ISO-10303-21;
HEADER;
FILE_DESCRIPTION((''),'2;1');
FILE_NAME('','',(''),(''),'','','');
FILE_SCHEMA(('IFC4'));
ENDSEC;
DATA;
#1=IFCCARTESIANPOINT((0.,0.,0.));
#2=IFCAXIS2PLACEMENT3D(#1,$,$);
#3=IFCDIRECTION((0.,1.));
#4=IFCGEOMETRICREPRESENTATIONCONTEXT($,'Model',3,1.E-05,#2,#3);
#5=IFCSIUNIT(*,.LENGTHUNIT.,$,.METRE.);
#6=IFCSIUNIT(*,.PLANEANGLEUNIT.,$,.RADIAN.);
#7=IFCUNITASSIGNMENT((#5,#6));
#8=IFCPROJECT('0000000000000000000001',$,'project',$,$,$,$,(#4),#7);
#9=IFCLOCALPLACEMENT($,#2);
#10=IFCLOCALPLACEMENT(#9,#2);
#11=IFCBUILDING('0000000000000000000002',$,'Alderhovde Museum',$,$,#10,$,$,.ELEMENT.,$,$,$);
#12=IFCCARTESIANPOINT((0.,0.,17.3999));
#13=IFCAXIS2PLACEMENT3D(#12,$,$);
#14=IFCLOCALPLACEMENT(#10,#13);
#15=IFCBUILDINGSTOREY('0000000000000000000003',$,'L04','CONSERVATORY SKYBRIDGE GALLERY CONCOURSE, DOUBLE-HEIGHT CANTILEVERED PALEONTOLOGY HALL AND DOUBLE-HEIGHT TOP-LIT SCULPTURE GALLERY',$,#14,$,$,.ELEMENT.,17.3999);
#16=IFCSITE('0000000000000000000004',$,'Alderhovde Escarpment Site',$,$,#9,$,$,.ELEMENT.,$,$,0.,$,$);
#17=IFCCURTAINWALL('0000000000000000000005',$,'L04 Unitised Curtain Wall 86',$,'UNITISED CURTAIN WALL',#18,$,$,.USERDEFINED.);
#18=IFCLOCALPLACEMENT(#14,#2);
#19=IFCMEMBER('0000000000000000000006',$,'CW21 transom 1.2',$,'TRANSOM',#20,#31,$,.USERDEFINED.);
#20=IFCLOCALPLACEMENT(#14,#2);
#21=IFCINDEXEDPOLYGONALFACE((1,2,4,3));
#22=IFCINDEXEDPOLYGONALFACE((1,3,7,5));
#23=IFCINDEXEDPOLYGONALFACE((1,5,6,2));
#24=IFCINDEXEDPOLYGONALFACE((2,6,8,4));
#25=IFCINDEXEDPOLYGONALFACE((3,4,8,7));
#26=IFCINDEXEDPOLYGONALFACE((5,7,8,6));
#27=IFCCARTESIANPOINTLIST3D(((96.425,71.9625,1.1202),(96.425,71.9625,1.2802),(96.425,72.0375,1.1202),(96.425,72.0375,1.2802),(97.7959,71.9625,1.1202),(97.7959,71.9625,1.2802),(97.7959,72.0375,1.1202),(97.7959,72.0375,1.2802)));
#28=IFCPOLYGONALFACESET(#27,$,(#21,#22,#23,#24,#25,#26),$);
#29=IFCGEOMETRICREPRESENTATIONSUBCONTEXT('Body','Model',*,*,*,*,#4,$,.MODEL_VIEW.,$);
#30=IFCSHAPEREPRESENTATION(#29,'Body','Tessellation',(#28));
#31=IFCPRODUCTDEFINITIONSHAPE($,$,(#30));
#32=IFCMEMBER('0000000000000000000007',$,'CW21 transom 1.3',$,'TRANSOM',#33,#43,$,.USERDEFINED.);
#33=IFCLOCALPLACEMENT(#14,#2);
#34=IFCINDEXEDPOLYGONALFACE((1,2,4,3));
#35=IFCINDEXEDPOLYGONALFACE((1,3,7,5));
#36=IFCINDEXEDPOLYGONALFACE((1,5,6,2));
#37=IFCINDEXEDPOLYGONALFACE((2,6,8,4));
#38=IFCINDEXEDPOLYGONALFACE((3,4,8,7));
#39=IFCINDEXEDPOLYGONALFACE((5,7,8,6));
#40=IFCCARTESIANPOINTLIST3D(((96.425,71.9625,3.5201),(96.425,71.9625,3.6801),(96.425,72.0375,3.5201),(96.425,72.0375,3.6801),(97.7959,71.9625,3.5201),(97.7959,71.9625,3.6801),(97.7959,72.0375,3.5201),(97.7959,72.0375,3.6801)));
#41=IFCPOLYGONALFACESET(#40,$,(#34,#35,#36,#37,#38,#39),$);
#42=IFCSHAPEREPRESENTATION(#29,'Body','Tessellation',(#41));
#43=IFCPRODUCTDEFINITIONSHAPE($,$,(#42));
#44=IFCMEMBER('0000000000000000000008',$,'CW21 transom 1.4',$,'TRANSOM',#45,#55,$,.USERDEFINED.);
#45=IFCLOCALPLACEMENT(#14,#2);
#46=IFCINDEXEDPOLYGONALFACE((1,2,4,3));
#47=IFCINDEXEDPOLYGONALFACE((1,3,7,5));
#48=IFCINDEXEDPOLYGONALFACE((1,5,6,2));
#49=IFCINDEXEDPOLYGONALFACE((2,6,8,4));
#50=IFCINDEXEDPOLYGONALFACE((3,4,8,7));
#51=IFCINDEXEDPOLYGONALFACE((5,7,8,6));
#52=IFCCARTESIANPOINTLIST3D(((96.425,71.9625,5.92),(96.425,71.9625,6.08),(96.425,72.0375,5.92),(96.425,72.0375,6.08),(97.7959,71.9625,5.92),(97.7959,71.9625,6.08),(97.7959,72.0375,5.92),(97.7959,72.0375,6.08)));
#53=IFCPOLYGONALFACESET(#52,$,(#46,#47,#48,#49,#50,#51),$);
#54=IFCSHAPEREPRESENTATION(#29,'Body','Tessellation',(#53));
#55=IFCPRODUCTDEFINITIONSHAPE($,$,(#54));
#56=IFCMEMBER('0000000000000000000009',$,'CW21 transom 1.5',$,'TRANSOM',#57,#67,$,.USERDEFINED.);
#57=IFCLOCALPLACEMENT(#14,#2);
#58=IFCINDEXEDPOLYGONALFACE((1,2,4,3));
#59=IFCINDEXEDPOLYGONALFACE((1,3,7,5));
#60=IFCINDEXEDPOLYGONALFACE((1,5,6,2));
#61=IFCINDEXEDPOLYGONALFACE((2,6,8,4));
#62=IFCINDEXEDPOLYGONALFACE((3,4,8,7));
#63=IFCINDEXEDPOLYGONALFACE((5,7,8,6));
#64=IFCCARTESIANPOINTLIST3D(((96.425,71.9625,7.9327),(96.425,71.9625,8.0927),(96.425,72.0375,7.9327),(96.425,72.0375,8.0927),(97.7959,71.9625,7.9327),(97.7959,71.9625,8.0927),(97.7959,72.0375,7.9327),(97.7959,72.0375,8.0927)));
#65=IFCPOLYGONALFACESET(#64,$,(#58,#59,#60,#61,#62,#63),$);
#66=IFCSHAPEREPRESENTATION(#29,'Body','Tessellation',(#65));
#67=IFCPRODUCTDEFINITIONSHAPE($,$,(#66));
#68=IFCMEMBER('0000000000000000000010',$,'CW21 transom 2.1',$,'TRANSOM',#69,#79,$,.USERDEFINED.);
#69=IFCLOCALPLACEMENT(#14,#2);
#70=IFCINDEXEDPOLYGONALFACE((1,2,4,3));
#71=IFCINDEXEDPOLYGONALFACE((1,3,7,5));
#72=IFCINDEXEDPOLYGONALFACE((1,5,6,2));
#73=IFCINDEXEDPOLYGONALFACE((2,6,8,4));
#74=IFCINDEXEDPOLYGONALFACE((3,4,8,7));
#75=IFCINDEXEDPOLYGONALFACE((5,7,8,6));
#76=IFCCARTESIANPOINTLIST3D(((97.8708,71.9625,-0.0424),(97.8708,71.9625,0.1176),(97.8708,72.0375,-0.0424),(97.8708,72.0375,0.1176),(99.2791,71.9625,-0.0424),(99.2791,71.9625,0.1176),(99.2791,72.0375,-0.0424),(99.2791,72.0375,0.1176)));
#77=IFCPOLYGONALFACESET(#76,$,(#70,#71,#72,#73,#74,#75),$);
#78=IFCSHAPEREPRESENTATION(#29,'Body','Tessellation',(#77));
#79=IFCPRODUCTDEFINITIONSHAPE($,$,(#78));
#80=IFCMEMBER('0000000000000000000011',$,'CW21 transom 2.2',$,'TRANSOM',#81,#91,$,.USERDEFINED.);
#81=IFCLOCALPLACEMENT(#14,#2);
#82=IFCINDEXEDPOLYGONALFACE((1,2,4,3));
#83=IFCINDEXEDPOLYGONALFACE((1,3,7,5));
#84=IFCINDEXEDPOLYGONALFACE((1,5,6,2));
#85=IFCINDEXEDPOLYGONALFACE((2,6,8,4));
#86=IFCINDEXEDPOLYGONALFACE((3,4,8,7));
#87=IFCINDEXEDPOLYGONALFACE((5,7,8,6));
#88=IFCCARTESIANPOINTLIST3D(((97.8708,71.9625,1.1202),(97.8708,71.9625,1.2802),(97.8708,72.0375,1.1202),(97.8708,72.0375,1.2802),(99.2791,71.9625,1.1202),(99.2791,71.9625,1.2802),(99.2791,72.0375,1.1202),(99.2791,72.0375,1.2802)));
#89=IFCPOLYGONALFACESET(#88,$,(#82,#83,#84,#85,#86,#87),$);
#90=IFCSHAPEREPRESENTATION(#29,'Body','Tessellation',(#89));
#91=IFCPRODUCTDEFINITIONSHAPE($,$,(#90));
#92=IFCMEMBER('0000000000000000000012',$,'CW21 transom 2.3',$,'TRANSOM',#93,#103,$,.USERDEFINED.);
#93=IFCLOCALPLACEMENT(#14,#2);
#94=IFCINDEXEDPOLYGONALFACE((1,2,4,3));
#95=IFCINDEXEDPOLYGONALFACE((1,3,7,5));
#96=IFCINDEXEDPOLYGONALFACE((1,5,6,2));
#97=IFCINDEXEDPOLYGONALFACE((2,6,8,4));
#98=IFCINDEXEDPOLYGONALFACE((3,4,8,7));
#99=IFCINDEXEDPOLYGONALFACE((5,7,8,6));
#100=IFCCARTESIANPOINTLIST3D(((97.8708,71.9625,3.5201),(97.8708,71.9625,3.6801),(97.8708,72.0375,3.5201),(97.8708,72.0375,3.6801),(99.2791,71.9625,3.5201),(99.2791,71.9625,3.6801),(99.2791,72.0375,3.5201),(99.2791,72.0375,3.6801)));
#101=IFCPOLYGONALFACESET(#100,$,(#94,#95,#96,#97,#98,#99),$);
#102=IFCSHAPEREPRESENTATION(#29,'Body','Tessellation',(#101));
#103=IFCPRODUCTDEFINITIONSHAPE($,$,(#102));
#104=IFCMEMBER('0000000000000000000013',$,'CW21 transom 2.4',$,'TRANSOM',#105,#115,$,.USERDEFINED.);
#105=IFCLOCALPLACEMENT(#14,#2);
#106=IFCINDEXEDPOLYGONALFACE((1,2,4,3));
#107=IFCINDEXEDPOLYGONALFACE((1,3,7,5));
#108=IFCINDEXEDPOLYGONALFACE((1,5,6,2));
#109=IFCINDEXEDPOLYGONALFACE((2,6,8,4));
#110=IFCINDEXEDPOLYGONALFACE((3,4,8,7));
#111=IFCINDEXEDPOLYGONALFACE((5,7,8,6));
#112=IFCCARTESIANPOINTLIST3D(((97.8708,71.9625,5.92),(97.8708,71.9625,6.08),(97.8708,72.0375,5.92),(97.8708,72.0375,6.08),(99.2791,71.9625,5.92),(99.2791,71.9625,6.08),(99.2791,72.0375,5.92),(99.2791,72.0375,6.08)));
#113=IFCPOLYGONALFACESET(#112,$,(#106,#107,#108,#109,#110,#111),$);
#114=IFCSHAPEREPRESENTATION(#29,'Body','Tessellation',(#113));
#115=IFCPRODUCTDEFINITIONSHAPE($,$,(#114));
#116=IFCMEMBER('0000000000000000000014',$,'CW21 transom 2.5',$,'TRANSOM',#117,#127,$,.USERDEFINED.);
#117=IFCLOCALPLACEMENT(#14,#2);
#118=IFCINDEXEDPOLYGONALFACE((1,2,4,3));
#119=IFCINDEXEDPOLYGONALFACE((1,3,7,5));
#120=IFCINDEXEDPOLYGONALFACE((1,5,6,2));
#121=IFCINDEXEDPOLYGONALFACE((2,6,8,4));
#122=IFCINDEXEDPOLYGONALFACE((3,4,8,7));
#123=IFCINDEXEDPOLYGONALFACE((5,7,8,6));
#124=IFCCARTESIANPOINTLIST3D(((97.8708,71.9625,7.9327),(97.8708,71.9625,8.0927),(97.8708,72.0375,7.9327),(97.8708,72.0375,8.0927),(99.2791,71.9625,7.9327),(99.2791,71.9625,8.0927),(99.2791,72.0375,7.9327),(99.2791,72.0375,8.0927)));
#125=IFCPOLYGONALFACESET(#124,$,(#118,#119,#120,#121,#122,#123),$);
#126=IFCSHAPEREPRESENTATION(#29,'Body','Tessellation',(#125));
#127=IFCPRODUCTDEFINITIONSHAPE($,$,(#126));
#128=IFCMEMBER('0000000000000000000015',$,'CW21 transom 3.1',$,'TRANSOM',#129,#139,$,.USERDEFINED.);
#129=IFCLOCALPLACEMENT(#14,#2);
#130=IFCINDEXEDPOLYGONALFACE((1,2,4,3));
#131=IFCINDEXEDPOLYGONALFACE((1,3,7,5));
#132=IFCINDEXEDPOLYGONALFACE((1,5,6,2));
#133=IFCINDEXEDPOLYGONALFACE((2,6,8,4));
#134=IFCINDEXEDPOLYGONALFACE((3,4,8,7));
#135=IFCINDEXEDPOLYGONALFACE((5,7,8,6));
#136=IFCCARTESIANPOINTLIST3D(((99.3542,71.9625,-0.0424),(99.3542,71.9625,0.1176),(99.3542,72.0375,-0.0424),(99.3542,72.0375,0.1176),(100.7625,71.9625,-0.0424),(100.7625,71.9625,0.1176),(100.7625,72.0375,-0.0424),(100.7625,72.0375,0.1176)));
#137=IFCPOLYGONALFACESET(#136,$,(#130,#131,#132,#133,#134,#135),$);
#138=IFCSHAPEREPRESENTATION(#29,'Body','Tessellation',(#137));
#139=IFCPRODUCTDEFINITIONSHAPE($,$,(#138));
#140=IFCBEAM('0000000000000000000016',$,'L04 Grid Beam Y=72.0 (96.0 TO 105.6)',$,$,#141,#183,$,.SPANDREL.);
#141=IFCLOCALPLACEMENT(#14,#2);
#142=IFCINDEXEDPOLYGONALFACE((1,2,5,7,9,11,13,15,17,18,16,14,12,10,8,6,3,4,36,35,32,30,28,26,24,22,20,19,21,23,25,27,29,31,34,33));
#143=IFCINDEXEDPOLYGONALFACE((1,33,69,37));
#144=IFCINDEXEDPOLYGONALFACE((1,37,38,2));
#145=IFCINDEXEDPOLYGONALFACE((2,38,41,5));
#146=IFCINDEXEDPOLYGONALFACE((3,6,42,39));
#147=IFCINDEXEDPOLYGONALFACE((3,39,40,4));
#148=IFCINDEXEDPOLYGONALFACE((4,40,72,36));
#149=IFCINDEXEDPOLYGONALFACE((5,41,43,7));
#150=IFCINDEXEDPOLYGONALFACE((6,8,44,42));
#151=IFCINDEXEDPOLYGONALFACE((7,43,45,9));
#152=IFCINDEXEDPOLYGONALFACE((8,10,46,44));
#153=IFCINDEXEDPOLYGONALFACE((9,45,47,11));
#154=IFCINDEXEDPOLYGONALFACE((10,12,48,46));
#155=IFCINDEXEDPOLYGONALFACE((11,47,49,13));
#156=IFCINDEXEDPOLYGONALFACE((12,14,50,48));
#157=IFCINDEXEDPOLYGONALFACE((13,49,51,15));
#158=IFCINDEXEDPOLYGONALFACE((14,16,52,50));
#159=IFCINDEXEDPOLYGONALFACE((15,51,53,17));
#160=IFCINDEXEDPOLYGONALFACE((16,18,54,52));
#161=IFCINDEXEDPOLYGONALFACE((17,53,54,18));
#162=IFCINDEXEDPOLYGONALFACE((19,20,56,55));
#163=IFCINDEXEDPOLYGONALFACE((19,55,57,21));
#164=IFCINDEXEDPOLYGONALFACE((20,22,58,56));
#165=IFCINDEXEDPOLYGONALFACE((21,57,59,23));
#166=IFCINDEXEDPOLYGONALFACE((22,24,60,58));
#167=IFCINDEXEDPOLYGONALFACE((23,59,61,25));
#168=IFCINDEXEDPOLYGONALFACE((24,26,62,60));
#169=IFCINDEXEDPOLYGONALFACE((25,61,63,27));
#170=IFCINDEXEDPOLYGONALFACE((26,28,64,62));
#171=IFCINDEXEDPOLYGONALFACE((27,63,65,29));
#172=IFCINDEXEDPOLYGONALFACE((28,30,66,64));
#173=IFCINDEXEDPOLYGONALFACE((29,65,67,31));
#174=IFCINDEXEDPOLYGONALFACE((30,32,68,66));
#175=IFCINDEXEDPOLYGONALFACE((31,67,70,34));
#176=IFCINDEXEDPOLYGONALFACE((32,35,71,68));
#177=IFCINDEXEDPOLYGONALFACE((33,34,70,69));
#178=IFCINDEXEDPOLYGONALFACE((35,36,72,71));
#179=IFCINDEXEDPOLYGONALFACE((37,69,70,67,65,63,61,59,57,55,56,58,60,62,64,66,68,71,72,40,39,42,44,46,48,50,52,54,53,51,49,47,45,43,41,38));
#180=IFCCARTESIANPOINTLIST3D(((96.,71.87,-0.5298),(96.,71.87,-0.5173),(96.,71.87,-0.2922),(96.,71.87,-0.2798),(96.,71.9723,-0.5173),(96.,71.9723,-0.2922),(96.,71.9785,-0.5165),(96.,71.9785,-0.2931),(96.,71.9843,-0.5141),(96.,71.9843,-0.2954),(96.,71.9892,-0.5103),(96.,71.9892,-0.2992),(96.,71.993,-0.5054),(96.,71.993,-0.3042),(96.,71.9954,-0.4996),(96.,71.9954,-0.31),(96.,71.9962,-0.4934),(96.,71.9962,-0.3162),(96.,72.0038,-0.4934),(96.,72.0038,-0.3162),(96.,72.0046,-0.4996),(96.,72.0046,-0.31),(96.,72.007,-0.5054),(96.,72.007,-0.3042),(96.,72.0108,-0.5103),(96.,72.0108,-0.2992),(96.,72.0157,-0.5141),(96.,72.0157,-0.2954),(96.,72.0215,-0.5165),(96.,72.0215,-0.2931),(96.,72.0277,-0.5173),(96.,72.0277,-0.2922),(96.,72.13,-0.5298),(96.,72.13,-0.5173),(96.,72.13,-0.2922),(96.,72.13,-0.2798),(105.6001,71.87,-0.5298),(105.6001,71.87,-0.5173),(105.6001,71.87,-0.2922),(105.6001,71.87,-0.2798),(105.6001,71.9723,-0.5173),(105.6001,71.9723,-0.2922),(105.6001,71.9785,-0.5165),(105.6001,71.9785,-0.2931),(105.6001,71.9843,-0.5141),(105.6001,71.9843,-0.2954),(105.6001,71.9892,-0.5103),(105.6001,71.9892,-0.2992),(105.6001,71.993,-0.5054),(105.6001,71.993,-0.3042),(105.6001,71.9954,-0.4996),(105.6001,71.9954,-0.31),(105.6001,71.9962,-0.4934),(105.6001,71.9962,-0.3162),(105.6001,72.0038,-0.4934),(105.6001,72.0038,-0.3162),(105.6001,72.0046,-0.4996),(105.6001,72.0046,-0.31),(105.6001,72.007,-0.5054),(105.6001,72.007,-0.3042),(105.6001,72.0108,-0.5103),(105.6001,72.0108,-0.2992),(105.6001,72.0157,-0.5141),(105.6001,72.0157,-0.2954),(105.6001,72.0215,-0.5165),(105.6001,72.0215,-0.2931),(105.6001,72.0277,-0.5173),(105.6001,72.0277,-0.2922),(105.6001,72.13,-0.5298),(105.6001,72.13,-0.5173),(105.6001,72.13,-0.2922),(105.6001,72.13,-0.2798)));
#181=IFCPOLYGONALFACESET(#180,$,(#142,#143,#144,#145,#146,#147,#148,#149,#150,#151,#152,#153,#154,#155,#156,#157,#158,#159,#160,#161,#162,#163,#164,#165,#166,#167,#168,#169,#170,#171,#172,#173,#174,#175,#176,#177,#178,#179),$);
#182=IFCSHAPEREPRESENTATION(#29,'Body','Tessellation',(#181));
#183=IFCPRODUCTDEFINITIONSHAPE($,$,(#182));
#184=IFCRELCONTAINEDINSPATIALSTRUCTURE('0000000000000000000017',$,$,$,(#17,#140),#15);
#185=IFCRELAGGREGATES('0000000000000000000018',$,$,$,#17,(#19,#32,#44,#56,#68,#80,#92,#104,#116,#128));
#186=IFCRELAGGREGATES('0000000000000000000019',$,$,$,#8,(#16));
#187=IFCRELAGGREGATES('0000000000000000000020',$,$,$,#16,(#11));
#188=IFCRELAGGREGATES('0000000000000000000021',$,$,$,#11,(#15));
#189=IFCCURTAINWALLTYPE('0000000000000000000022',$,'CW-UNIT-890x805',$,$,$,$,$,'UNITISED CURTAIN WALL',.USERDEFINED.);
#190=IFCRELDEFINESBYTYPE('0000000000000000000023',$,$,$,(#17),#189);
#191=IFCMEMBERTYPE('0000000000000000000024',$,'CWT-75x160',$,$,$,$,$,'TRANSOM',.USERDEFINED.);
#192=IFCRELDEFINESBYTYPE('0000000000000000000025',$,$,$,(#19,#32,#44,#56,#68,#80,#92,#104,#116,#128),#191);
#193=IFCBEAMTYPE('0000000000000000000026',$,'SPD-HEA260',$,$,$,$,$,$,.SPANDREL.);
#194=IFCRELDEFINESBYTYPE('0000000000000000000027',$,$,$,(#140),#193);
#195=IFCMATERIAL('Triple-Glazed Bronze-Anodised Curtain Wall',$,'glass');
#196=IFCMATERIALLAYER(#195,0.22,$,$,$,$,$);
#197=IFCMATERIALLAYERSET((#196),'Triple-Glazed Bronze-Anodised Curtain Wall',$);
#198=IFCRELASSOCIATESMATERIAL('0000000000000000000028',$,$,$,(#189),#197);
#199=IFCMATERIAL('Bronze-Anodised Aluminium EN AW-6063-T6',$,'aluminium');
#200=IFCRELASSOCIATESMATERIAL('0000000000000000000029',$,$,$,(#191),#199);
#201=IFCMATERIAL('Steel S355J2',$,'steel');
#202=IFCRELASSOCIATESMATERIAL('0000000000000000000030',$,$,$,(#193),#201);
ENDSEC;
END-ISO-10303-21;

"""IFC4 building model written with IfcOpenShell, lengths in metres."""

from ifc_helpers import new_model, si_unit, direction, frame, origin, origin_2d, place, context, subcontext, project, spatial, rectangle, i_section, extrude, material, layer, layer_set, material_profile, profile_set, type_object, element, aggregate, save


model = new_model("IFC4")

# Units and contexts
model_context = context("Model", 3, precision=1e-05, world=origin(), true_north=direction((0.0, 1.0)))
body_context = subcontext(model_context, "Body", "Model", "MODEL_VIEW")
ifc_project = project(units=[si_unit("LENGTHUNIT", "METRE"), si_unit("PLANEANGLEUNIT", "RADIAN")], contexts=[model_context])

# Site, building, storey
site_placement = place(None, origin())
site = spatial("IfcSite", under=ifc_project, at=site_placement, Name="Alderhovde Escarpment Site", CompositionType="ELEMENT", RefElevation=0.0)
building_placement = place(site_placement, origin())
building = spatial("IfcBuilding", under=site, at=building_placement, Name="Alderhovde Museum", CompositionType="ELEMENT")
storey_placement = place(building_placement, frame((0.0, 0.0, 17.3999)))
storey = spatial("IfcBuildingStorey", under=building, at=storey_placement, Name="L04", Description="CONSERVATORY SKYBRIDGE GALLERY CONCOURSE, DOUBLE-HEIGHT CANTILEVERED PALEONTOLOGY HALL AND DOUBLE-HEIGHT TOP-LIT SCULPTURE GALLERY", CompositionType="ELEMENT", Elevation=17.3999)

# Shared definitions
ifc_material_1 = material(Name="Triple-Glazed Bronze-Anodised Curtain Wall", Category="glass")
ifc_layer_1 = layer(ifc_material_1, 0.22)
ifc_layer_set_1 = layer_set([ifc_layer_1], Name="Triple-Glazed Bronze-Anodised Curtain Wall")
curtain_wall_type = type_object("IfcCurtainWallType", Name="CW-UNIT-890x805", ElementType="UNITISED CURTAIN WALL", PredefinedType="USERDEFINED", material=ifc_layer_set_1)

# Curtain wall
curtain_wall_1_placement = place(storey_placement, origin())
curtain_wall_1 = element("IfcCurtainWall", 1, at=curtain_wall_1_placement, inside=storey, type_object=curtain_wall_type, Name="L04 Unitised Curtain Wall 86", ObjectType="UNITISED CURTAIN WALL", PredefinedType="USERDEFINED")

# Members
ifc_material_2 = material(Name="Bronze-Anodised Aluminium EN AW-6063-T6", Category="aluminium")
ifc_material_profile_1 = material_profile(ifc_material_2, rectangle(XDim=0.075, YDim=0.1599, at=origin_2d()), Name="TRANSOM 75x160")
ifc_profile_set_1 = profile_set([ifc_material_profile_1], Name="Bronze-Anodised Aluminium EN AW-6063-T6")
member_type_1 = type_object("IfcMemberType", Name="CWT-75x160", ElementType="TRANSOM", PredefinedType="USERDEFINED", material=ifc_profile_set_1)
member_1_placement = place(storey_placement, frame((96.425, 72.0, 1.2002), z_axis=(1.0, 0.0, 0.0), x_axis=(0.0, 1.0, 0.0)))
member_1 = element("IfcMember", 2, at=member_1_placement, type_object=member_type_1, Name="CW21 transom 1.2", ObjectType="TRANSOM", PredefinedType="USERDEFINED", context=body_context, shape_type="SweptSolid", body=[
    extrude(rectangle(XDim=0.075, YDim=0.1599, at=origin_2d()), origin(), (0.0, 0.0, 1.0), 1.3708),
])
member_2_placement = place(storey_placement, frame((96.425, 72.0, 3.6001), z_axis=(1.0, 0.0, 0.0), x_axis=(0.0, 1.0, 0.0)))
member_2 = element("IfcMember", 3, at=member_2_placement, type_object=member_type_1, Name="CW21 transom 1.3", ObjectType="TRANSOM", PredefinedType="USERDEFINED", context=body_context, shape_type="SweptSolid", body=[
    extrude(rectangle(XDim=0.075, YDim=0.1599, at=origin_2d()), origin(), (0.0, 0.0, 1.0), 1.3708),
])
member_3_placement = place(storey_placement, frame((96.425, 72.0, 6.0), z_axis=(1.0, 0.0, 0.0), x_axis=(0.0, 1.0, 0.0)))
member_3 = element("IfcMember", 4, at=member_3_placement, type_object=member_type_1, Name="CW21 transom 1.4", ObjectType="TRANSOM", PredefinedType="USERDEFINED", context=body_context, shape_type="SweptSolid", body=[
    extrude(rectangle(XDim=0.075, YDim=0.1599, at=origin_2d()), origin(), (0.0, 0.0, 1.0), 1.3708),
])
member_4_placement = place(storey_placement, frame((96.425, 72.0, 8.0127), z_axis=(1.0, 0.0, 0.0), x_axis=(0.0, 1.0, 0.0)))
member_4 = element("IfcMember", 5, at=member_4_placement, type_object=member_type_1, Name="CW21 transom 1.5", ObjectType="TRANSOM", PredefinedType="USERDEFINED", context=body_context, shape_type="SweptSolid", body=[
    extrude(rectangle(XDim=0.075, YDim=0.1599, at=origin_2d()), origin(), (0.0, 0.0, 1.0), 1.3708),
])
member_5_placement = place(storey_placement, frame((97.8708, 72.0, 0.0376), z_axis=(1.0, 0.0, 0.0), x_axis=(0.0, 1.0, 0.0)))
member_5 = element("IfcMember", 6, at=member_5_placement, type_object=member_type_1, Name="CW21 transom 2.1", ObjectType="TRANSOM", PredefinedType="USERDEFINED", context=body_context, shape_type="SweptSolid", body=[
    extrude(rectangle(XDim=0.075, YDim=0.1599, at=origin_2d()), origin(), (0.0, 0.0, 1.0), 1.4082),
])
member_6_placement = place(storey_placement, frame((97.8708, 72.0, 1.2002), z_axis=(1.0, 0.0, 0.0), x_axis=(0.0, 1.0, 0.0)))
member_6 = element("IfcMember", 7, at=member_6_placement, type_object=member_type_1, Name="CW21 transom 2.2", ObjectType="TRANSOM", PredefinedType="USERDEFINED", context=body_context, shape_type="SweptSolid", body=[
    extrude(rectangle(XDim=0.075, YDim=0.1599, at=origin_2d()), origin(), (0.0, 0.0, 1.0), 1.4082),
])
member_7_placement = place(storey_placement, frame((97.8708, 72.0, 3.6001), z_axis=(1.0, 0.0, 0.0), x_axis=(0.0, 1.0, 0.0)))
member_7 = element("IfcMember", 8, at=member_7_placement, type_object=member_type_1, Name="CW21 transom 2.3", ObjectType="TRANSOM", PredefinedType="USERDEFINED", context=body_context, shape_type="SweptSolid", body=[
    extrude(rectangle(XDim=0.075, YDim=0.1599, at=origin_2d()), origin(), (0.0, 0.0, 1.0), 1.4082),
])
member_8_placement = place(storey_placement, frame((97.8708, 72.0, 6.0), z_axis=(1.0, 0.0, 0.0), x_axis=(0.0, 1.0, 0.0)))
member_8 = element("IfcMember", 9, at=member_8_placement, type_object=member_type_1, Name="CW21 transom 2.4", ObjectType="TRANSOM", PredefinedType="USERDEFINED", context=body_context, shape_type="SweptSolid", body=[
    extrude(rectangle(XDim=0.075, YDim=0.1599, at=origin_2d()), origin(), (0.0, 0.0, 1.0), 1.4082),
])
member_9_placement = place(storey_placement, frame((97.8708, 72.0, 8.0127), z_axis=(1.0, 0.0, 0.0), x_axis=(0.0, 1.0, 0.0)))
member_9 = element("IfcMember", 10, at=member_9_placement, type_object=member_type_1, Name="CW21 transom 2.5", ObjectType="TRANSOM", PredefinedType="USERDEFINED", context=body_context, shape_type="SweptSolid", body=[
    extrude(rectangle(XDim=0.075, YDim=0.1599, at=origin_2d()), origin(), (0.0, 0.0, 1.0), 1.4082),
])
member_10_placement = place(storey_placement, frame((99.3542, 72.0, 0.0376), z_axis=(1.0, 0.0, 0.0), x_axis=(0.0, 1.0, 0.0)))
member_10 = element("IfcMember", 11, at=member_10_placement, type_object=member_type_1, Name="CW21 transom 3.1", ObjectType="TRANSOM", PredefinedType="USERDEFINED", context=body_context, shape_type="SweptSolid", body=[
    extrude(rectangle(XDim=0.075, YDim=0.1599, at=origin_2d()), origin(), (0.0, 0.0, 1.0), 1.4082),
])

# Beam
ifc_material_3 = material(Name="Steel S355J2", Category="steel")
ifc_material_profile_2 = material_profile(ifc_material_3, i_section(OverallWidth=0.26, OverallDepth=0.25, WebThickness=0.0076, FlangeThickness=0.0125, FilletRadius=0.0239, at=origin_2d()), Name="HEA 260")
ifc_profile_set_2 = profile_set([ifc_material_profile_2], Name="Steel S355J2")
beam_type_1 = type_object("IfcBeamType", Name="SPD-HEA260", PredefinedType="SPANDREL", material=ifc_profile_set_2)
beam_1_placement = place(storey_placement, frame((96.0, 72.0, -0.4048), z_axis=(1.0, 0.0, 0.0), x_axis=(0.0, 1.0, 0.0)))
element("IfcBeam", 12, at=beam_1_placement, inside=storey, type_object=beam_type_1, Name="L04 Grid Beam Y=72.0 (96.0 TO 105.6)", PredefinedType="SPANDREL", context=body_context, shape_type="SweptSolid", body=[
    extrude(i_section(OverallWidth=0.26, OverallDepth=0.25, WebThickness=0.0076, FlangeThickness=0.0125, FilletRadius=0.0239, at=origin_2d()), origin(), (0.0, 0.0, 1.0), 9.6001),
])

aggregate(curtain_wall_1, [member_1, member_2, member_3, member_4, member_5, member_6, member_7, member_8, member_9, member_10])

save(model, "model.ifc")
